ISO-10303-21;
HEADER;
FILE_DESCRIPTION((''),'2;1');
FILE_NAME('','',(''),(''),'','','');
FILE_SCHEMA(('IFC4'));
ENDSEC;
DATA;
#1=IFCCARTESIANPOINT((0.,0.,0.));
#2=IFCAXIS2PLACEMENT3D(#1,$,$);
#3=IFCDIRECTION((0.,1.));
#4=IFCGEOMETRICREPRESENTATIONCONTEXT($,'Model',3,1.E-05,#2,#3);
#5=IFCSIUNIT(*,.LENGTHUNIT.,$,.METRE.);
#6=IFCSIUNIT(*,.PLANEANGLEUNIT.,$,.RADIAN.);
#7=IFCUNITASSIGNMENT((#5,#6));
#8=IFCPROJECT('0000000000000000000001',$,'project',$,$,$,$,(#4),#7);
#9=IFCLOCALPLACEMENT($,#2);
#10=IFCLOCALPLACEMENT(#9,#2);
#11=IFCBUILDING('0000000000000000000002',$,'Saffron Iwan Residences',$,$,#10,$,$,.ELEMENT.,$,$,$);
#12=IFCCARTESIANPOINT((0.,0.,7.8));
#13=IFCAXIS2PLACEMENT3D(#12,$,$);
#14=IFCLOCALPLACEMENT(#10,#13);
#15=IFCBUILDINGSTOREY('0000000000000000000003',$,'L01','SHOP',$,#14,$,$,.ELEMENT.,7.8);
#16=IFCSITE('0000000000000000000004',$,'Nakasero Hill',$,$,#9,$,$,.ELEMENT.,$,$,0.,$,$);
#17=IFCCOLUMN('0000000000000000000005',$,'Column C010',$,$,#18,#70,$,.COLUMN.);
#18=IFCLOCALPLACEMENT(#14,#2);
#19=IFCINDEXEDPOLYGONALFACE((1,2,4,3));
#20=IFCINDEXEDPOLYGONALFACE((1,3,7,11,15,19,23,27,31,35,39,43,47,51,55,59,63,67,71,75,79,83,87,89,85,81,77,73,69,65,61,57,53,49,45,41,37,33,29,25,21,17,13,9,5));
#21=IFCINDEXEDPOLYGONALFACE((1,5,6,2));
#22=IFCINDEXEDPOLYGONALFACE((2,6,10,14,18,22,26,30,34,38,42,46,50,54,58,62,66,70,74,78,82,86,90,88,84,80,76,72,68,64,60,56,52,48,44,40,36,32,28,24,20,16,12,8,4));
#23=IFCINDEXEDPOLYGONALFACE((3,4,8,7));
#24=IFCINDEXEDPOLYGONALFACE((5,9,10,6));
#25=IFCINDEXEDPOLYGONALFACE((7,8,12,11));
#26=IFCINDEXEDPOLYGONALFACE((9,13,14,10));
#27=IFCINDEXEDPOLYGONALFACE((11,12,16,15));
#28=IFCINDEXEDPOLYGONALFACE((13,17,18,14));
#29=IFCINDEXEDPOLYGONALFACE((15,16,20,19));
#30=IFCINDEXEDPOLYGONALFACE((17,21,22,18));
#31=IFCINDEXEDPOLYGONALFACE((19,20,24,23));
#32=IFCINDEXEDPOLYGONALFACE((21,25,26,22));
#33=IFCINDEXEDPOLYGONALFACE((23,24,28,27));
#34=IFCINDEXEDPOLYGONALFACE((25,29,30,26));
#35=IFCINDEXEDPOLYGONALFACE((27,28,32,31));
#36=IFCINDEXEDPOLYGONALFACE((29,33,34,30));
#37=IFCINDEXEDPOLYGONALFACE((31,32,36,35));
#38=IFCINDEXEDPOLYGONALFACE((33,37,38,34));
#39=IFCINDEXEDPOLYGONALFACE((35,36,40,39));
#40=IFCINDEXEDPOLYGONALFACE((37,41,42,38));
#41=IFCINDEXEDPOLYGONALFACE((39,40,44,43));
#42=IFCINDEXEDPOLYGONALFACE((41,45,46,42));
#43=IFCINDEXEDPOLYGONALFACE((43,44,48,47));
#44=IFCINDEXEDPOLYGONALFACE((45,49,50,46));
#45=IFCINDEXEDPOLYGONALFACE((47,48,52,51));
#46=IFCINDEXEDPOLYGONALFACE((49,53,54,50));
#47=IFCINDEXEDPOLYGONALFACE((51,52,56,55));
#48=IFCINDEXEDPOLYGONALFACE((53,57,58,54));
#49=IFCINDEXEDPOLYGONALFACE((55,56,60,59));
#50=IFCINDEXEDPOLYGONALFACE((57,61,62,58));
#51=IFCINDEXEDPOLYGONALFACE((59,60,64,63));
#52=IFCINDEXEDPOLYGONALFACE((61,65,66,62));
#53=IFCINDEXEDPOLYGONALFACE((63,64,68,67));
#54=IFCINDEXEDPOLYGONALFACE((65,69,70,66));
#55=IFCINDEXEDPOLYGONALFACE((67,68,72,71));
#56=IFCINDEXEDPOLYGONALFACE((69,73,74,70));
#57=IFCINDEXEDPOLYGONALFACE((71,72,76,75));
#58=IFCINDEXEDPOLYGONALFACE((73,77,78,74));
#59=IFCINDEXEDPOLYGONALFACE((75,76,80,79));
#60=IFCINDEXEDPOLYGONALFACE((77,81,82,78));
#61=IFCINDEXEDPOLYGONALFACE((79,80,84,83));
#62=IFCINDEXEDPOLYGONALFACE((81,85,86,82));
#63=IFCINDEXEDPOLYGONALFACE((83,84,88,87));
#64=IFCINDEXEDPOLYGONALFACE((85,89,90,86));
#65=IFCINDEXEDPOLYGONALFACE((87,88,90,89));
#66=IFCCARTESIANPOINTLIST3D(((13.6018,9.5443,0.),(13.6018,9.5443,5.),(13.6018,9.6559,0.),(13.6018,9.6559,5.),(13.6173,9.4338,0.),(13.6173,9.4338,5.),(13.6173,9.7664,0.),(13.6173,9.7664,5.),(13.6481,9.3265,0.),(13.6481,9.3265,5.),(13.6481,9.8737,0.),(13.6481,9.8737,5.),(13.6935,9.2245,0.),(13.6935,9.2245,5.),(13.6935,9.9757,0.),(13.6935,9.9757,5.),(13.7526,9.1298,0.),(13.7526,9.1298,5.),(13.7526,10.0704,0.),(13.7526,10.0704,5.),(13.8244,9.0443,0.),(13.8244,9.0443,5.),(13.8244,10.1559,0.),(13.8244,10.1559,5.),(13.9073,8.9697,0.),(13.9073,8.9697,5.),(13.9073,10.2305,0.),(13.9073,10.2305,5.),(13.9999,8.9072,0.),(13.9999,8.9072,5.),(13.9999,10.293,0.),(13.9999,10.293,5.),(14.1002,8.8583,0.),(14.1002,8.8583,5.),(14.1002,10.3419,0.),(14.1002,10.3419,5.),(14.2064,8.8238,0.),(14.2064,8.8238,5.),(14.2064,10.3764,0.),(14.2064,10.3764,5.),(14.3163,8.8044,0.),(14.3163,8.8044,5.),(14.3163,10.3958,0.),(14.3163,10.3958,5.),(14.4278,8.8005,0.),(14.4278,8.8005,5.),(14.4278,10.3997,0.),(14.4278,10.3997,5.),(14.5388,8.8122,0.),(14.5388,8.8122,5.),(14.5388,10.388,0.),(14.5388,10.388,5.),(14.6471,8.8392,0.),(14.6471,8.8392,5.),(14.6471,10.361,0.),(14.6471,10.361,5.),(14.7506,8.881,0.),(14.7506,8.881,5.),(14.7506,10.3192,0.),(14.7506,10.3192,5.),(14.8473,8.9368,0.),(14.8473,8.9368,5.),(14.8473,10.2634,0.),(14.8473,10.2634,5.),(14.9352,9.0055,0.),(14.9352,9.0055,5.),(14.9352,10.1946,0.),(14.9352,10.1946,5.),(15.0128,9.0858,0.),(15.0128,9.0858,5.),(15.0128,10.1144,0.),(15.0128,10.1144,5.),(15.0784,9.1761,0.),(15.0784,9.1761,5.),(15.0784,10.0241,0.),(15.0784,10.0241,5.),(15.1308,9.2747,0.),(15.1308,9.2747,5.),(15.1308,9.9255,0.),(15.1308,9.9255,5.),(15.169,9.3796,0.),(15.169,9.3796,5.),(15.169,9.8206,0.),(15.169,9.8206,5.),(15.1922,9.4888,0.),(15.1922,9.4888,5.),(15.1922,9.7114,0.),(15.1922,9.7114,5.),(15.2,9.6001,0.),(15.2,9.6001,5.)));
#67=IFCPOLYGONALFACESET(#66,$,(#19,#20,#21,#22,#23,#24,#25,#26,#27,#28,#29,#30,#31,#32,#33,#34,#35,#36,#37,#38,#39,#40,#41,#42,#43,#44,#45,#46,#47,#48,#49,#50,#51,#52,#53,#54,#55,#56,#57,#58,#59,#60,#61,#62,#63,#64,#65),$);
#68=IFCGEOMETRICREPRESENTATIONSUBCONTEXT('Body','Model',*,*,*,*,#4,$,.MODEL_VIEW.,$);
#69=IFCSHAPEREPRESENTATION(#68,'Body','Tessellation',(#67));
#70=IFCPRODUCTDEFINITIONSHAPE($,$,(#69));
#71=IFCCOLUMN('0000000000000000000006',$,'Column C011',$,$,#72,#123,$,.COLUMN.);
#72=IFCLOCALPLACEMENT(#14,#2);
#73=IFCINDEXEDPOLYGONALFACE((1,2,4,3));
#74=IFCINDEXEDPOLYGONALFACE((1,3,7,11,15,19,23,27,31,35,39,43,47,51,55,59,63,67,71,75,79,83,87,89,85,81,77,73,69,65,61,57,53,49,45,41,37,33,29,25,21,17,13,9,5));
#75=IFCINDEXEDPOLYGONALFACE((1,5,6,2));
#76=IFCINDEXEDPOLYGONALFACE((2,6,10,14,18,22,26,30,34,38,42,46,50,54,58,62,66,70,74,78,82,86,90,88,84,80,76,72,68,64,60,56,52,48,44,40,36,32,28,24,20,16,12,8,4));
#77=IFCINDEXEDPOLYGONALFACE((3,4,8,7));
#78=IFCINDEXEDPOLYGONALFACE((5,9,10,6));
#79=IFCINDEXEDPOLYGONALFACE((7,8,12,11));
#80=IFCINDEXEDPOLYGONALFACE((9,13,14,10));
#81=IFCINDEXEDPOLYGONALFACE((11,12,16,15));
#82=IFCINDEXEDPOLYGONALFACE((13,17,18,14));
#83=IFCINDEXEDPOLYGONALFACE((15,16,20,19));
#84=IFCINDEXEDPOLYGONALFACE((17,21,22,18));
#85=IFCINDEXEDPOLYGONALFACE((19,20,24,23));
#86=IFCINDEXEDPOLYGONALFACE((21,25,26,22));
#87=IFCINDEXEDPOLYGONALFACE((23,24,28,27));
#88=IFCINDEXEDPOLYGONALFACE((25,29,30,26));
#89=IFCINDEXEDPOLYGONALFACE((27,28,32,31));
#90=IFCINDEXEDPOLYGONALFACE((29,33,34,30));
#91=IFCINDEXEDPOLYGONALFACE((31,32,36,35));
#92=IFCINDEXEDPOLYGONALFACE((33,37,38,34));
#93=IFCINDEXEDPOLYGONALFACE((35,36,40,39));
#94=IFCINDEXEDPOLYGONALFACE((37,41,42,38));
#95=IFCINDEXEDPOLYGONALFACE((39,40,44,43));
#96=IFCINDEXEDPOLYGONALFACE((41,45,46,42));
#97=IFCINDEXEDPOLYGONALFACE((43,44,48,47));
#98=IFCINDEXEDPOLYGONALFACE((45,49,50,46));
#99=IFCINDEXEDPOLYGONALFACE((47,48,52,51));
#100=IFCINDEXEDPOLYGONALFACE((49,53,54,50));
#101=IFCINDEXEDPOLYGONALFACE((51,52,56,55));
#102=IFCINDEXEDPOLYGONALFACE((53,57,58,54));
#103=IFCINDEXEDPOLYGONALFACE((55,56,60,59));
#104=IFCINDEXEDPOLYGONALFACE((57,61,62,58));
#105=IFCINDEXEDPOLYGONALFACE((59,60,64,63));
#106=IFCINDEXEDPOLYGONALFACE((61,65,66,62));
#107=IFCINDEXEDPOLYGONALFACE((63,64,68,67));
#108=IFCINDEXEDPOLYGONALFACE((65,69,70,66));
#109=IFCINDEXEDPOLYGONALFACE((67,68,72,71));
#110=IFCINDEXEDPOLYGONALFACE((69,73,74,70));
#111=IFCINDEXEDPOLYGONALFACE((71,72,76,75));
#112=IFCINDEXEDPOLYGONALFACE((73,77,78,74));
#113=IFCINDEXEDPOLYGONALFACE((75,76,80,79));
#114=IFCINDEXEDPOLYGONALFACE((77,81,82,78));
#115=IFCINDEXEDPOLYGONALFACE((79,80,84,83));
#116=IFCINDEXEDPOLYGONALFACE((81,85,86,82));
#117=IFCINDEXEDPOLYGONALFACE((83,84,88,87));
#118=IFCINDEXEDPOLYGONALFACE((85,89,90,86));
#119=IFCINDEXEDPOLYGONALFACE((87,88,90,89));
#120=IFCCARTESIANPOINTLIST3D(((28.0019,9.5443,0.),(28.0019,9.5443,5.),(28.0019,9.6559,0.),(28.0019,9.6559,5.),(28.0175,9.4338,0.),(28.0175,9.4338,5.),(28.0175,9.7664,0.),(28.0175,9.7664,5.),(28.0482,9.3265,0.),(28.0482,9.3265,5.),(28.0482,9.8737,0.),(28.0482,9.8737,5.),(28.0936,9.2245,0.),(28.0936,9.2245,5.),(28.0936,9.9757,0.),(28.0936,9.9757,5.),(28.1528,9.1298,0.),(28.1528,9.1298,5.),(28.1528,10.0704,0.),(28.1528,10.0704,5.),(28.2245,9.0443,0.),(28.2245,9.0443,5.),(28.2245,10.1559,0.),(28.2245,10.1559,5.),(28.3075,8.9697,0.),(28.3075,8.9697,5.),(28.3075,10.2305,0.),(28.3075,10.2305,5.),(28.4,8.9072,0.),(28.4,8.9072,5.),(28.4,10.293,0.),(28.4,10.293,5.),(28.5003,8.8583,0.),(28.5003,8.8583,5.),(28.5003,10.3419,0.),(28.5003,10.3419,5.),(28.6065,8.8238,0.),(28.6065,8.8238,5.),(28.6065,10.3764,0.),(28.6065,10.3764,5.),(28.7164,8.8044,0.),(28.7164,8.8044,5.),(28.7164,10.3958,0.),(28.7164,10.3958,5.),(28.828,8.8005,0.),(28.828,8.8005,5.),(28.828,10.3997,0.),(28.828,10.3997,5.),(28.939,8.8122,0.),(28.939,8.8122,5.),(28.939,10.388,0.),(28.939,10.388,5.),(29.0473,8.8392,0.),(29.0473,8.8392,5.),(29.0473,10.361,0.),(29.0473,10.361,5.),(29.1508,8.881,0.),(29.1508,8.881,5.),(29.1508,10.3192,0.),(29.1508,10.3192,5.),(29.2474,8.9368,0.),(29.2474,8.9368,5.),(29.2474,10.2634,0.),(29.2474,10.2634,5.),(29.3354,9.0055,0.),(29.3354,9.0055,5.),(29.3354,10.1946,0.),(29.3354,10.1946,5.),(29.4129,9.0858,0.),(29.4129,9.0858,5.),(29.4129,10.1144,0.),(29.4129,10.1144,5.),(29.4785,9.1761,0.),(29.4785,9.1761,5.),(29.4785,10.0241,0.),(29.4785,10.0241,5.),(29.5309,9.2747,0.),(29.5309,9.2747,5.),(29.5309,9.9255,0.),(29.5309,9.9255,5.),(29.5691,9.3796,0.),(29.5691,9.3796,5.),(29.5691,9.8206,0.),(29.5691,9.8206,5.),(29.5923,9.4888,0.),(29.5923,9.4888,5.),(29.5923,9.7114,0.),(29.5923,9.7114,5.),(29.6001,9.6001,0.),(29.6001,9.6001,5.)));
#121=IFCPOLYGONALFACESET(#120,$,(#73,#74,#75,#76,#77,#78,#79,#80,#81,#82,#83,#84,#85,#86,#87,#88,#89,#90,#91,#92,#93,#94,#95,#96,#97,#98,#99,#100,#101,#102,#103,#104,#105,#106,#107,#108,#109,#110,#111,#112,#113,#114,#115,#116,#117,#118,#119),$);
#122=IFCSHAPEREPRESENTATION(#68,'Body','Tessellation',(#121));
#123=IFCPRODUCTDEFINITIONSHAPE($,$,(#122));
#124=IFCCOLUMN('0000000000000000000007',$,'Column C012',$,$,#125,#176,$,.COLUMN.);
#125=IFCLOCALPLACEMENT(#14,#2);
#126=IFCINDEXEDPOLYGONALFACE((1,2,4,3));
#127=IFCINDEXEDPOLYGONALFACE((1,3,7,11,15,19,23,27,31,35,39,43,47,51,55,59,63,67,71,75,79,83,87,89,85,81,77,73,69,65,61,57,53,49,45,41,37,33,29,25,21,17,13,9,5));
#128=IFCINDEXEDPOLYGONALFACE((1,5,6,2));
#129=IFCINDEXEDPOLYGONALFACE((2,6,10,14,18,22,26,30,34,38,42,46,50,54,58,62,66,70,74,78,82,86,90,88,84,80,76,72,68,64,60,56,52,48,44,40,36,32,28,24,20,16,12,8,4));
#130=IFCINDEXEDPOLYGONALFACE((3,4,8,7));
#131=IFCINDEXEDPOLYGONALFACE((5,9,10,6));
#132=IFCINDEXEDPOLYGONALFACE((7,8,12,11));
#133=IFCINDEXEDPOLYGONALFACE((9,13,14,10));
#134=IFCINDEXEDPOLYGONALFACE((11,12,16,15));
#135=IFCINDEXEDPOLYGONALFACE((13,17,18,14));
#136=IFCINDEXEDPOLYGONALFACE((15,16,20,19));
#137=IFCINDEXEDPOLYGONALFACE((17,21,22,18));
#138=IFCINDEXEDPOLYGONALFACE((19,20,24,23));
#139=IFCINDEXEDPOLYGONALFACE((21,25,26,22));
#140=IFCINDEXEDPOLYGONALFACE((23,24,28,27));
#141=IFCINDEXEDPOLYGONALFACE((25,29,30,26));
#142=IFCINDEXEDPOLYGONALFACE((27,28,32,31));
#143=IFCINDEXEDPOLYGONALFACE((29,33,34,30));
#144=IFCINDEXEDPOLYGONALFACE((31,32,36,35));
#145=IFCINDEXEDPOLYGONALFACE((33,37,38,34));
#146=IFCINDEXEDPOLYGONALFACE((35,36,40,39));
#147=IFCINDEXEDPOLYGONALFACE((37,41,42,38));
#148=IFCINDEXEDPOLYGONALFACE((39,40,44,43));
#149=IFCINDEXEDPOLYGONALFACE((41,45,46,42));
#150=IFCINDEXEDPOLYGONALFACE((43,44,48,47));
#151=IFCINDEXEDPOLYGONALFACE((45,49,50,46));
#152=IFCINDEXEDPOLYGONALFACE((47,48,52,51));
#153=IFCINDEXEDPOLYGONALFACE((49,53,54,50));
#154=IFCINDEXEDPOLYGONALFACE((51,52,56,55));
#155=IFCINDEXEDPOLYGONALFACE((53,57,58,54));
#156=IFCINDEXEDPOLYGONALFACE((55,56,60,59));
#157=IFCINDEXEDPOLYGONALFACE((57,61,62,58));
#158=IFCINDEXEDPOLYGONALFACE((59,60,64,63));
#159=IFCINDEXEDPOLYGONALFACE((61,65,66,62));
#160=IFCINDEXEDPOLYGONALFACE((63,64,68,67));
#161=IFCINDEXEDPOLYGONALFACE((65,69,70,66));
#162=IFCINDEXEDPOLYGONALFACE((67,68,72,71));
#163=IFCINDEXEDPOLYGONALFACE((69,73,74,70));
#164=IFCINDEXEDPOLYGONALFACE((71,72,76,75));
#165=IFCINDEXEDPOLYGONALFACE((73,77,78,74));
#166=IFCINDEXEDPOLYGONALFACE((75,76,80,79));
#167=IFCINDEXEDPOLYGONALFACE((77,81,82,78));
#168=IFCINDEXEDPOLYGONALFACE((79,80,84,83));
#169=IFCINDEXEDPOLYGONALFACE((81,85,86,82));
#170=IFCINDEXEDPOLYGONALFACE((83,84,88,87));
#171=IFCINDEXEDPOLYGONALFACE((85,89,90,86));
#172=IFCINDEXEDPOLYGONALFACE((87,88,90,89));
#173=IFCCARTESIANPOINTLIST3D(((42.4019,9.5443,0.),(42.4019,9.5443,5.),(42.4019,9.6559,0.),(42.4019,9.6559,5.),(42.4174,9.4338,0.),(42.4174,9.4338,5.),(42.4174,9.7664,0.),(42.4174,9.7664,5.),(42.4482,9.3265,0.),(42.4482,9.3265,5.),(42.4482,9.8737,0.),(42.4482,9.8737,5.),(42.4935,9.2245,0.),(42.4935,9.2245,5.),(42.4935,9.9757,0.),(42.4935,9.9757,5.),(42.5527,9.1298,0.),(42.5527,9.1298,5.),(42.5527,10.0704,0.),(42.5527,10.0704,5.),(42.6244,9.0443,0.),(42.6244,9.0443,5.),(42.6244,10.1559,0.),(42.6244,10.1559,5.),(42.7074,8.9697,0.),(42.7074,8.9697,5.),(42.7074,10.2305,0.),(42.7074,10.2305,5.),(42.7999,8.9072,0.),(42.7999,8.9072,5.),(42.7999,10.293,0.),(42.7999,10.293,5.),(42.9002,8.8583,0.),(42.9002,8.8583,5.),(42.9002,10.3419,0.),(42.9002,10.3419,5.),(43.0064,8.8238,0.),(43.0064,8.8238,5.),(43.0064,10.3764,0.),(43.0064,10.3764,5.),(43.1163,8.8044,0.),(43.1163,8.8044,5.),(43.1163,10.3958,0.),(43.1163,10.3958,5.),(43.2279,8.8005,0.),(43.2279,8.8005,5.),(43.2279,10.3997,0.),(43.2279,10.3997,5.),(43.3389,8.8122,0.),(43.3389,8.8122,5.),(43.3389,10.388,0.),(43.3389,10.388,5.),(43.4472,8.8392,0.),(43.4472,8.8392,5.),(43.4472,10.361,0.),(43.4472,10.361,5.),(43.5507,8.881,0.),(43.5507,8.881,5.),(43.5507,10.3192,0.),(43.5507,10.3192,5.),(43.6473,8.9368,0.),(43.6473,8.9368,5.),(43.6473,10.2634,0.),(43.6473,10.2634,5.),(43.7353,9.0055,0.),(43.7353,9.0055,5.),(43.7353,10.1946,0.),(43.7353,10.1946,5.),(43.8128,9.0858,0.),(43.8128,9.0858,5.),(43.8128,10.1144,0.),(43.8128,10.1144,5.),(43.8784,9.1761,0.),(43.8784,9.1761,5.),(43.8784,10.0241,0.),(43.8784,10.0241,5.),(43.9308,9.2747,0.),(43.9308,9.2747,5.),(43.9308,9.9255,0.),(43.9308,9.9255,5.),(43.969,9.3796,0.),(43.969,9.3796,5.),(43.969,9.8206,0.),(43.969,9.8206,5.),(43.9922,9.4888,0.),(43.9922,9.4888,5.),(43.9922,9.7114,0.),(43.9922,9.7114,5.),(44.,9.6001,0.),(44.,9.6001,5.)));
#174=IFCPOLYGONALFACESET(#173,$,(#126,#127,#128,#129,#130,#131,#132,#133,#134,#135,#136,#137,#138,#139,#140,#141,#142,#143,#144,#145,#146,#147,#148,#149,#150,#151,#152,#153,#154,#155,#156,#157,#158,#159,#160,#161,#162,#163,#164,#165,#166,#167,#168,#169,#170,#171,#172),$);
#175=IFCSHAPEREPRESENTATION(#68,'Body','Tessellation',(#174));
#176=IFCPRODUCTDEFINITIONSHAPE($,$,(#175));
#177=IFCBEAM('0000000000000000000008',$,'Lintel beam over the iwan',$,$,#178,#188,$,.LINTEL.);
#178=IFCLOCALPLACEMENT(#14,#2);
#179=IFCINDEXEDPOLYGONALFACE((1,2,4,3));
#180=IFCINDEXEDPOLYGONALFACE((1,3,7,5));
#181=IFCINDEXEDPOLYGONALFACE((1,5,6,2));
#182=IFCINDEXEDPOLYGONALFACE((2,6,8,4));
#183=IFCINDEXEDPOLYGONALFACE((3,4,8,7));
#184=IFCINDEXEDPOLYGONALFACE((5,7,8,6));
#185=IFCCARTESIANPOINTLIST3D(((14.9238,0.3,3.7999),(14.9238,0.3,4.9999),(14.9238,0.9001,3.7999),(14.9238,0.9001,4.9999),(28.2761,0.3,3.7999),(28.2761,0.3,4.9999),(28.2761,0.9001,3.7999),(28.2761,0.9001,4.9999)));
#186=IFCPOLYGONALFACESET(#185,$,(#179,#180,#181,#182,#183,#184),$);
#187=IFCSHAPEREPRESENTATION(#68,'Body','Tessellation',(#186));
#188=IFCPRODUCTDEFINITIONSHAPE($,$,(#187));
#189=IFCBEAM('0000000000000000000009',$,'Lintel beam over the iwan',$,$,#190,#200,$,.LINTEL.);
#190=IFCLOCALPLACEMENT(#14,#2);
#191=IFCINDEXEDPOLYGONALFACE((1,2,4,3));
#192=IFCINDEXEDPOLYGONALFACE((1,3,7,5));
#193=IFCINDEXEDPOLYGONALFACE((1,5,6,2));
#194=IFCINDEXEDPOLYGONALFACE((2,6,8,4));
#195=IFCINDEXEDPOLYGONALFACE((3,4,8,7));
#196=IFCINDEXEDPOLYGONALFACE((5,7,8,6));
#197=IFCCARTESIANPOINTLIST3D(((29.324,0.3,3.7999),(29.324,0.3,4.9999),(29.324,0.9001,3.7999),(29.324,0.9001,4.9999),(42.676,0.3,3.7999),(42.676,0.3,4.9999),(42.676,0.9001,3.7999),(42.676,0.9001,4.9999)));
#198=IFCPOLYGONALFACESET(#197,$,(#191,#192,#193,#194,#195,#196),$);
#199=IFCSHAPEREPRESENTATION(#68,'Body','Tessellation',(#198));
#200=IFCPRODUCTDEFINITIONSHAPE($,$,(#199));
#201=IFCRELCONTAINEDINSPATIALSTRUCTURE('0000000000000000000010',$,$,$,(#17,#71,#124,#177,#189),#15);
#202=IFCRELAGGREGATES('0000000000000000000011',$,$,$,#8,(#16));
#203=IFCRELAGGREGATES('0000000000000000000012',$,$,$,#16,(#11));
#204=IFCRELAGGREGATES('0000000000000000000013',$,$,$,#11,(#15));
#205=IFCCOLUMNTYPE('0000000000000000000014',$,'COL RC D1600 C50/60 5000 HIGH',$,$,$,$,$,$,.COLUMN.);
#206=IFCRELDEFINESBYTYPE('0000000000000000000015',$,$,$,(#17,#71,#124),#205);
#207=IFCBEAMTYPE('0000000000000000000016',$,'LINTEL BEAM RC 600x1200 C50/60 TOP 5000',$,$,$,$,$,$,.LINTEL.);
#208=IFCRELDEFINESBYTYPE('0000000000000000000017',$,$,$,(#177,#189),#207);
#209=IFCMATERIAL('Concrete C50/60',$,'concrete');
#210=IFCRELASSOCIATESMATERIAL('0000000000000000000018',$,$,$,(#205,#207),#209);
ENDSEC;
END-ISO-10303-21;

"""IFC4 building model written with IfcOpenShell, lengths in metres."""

from ifc_helpers import new_model, si_unit, direction, frame, origin, origin_2d, place, context, subcontext, project, spatial, rectangle, circle, extrude, source, transform, mapped, material, material_profile, profile_set, type_object, element, save


model = new_model("IFC4")

# Units and contexts
model_context = context("Model", 3, precision=1e-05, world=origin(), true_north=direction((0.0, 1.0)))
body_context = subcontext(model_context, "Body", "Model", "MODEL_VIEW")
ifc_project = project(units=[si_unit("LENGTHUNIT", "METRE"), si_unit("PLANEANGLEUNIT", "RADIAN")], contexts=[model_context])

# Site, building, storey
site_placement = place(None, origin())
site = spatial("IfcSite", under=ifc_project, at=site_placement, Name="Nakasero Hill", CompositionType="ELEMENT", RefElevation=0.0)
building_placement = place(site_placement, origin())
building = spatial("IfcBuilding", under=site, at=building_placement, Name="Saffron Iwan Residences", CompositionType="ELEMENT")
storey_placement = place(building_placement, frame((0.0, 0.0, 7.8)))
storey = spatial("IfcBuildingStorey", under=building, at=storey_placement, Name="L01", Description="SHOP", CompositionType="ELEMENT", Elevation=7.8)

# Columns
ifc_material_1 = material(Name="Concrete C50/60", Category="concrete")
ifc_material_profile_1 = material_profile(ifc_material_1, circle(Radius=0.8, at=origin_2d()), Name="RC D1600")
ifc_profile_set_1 = profile_set([ifc_material_profile_1], Name="Concrete C50/60")
column_type = type_object("IfcColumnType", Name="COL RC D1600 C50/60 5000 HIGH", PredefinedType="COLUMN", material=ifc_profile_set_1)
shared_shape_1 = source(origin(), body_context, "Body", "SweptSolid", [
    extrude(circle(Radius=0.8, at=origin_2d()), origin(), (0.0, 0.0, 1.0), 5.0),
])
for number, where, z_axis, x_axis, name in (
    (1, (14.3999, 9.6001, 0.0), (0.0, 0.0, 1.0), (1.0, 0.0, 0.0), "Column C010"),
    (2, (28.8, 9.6001, 0.0), (0.0, 0.0, 1.0), (1.0, 0.0, 0.0), "Column C011"),
    (3, (43.2, 9.6001, 0.0), (0.0, 0.0, 1.0), (1.0, 0.0, 0.0), "Column C012"),
):
    element("IfcColumn", number, at=place(storey_placement, frame(where, z_axis=z_axis, x_axis=x_axis)), inside=storey, type_object=column_type, Name=name, PredefinedType="COLUMN", context=body_context, shape_type="MappedRepresentation", body=[
        mapped(shared_shape_1, transform((0.0, 0.0, 0.0))),
    ])

# Beams
ifc_material_profile_2 = material_profile(ifc_material_1, rectangle(XDim=0.6001, YDim=1.2, at=origin_2d()), Name="RC 600x1200")
ifc_profile_set_2 = profile_set([ifc_material_profile_2], Name="Concrete C50/60")
beam_type_1 = type_object("IfcBeamType", Name="LINTEL BEAM RC 600x1200 C50/60 TOP 5000", PredefinedType="LINTEL", material=ifc_profile_set_2)
shared_shape_2 = source(origin(), body_context, "Body", "SweptSolid", [
    extrude(rectangle(XDim=0.6001, YDim=1.2, at=origin_2d()), origin(), (0.0, 0.0, 1.0), 13.3523),
])
beam_1_placement = place(storey_placement, frame((28.2761, 0.6001, 4.3999), z_axis=(-1.0, 0.0, 0.0), x_axis=(0.0, -1.0, 0.0)))
element("IfcBeam", 4, at=beam_1_placement, inside=storey, type_object=beam_type_1, Name="Lintel beam over the iwan", PredefinedType="LINTEL", context=body_context, shape_type="MappedRepresentation", body=[
    mapped(shared_shape_2, transform((0.0, 0.0, 0.0))),
])
shared_shape_3 = source(origin(), body_context, "Body", "SweptSolid", [
    extrude(rectangle(XDim=0.6001, YDim=1.2, at=origin_2d()), origin(), (0.0, 0.0, 1.0), 13.3521),
])
beam_2_placement = place(storey_placement, frame((42.676, 0.6001, 4.3999), z_axis=(-1.0, 0.0, 0.0), x_axis=(0.0, -1.0, 0.0)))
element("IfcBeam", 5, at=beam_2_placement, inside=storey, type_object=beam_type_1, Name="Lintel beam over the iwan", PredefinedType="LINTEL", context=body_context, shape_type="MappedRepresentation", body=[
    mapped(shared_shape_3, transform((0.0, 0.0, 0.0))),
])

save(model, "model.ifc")
